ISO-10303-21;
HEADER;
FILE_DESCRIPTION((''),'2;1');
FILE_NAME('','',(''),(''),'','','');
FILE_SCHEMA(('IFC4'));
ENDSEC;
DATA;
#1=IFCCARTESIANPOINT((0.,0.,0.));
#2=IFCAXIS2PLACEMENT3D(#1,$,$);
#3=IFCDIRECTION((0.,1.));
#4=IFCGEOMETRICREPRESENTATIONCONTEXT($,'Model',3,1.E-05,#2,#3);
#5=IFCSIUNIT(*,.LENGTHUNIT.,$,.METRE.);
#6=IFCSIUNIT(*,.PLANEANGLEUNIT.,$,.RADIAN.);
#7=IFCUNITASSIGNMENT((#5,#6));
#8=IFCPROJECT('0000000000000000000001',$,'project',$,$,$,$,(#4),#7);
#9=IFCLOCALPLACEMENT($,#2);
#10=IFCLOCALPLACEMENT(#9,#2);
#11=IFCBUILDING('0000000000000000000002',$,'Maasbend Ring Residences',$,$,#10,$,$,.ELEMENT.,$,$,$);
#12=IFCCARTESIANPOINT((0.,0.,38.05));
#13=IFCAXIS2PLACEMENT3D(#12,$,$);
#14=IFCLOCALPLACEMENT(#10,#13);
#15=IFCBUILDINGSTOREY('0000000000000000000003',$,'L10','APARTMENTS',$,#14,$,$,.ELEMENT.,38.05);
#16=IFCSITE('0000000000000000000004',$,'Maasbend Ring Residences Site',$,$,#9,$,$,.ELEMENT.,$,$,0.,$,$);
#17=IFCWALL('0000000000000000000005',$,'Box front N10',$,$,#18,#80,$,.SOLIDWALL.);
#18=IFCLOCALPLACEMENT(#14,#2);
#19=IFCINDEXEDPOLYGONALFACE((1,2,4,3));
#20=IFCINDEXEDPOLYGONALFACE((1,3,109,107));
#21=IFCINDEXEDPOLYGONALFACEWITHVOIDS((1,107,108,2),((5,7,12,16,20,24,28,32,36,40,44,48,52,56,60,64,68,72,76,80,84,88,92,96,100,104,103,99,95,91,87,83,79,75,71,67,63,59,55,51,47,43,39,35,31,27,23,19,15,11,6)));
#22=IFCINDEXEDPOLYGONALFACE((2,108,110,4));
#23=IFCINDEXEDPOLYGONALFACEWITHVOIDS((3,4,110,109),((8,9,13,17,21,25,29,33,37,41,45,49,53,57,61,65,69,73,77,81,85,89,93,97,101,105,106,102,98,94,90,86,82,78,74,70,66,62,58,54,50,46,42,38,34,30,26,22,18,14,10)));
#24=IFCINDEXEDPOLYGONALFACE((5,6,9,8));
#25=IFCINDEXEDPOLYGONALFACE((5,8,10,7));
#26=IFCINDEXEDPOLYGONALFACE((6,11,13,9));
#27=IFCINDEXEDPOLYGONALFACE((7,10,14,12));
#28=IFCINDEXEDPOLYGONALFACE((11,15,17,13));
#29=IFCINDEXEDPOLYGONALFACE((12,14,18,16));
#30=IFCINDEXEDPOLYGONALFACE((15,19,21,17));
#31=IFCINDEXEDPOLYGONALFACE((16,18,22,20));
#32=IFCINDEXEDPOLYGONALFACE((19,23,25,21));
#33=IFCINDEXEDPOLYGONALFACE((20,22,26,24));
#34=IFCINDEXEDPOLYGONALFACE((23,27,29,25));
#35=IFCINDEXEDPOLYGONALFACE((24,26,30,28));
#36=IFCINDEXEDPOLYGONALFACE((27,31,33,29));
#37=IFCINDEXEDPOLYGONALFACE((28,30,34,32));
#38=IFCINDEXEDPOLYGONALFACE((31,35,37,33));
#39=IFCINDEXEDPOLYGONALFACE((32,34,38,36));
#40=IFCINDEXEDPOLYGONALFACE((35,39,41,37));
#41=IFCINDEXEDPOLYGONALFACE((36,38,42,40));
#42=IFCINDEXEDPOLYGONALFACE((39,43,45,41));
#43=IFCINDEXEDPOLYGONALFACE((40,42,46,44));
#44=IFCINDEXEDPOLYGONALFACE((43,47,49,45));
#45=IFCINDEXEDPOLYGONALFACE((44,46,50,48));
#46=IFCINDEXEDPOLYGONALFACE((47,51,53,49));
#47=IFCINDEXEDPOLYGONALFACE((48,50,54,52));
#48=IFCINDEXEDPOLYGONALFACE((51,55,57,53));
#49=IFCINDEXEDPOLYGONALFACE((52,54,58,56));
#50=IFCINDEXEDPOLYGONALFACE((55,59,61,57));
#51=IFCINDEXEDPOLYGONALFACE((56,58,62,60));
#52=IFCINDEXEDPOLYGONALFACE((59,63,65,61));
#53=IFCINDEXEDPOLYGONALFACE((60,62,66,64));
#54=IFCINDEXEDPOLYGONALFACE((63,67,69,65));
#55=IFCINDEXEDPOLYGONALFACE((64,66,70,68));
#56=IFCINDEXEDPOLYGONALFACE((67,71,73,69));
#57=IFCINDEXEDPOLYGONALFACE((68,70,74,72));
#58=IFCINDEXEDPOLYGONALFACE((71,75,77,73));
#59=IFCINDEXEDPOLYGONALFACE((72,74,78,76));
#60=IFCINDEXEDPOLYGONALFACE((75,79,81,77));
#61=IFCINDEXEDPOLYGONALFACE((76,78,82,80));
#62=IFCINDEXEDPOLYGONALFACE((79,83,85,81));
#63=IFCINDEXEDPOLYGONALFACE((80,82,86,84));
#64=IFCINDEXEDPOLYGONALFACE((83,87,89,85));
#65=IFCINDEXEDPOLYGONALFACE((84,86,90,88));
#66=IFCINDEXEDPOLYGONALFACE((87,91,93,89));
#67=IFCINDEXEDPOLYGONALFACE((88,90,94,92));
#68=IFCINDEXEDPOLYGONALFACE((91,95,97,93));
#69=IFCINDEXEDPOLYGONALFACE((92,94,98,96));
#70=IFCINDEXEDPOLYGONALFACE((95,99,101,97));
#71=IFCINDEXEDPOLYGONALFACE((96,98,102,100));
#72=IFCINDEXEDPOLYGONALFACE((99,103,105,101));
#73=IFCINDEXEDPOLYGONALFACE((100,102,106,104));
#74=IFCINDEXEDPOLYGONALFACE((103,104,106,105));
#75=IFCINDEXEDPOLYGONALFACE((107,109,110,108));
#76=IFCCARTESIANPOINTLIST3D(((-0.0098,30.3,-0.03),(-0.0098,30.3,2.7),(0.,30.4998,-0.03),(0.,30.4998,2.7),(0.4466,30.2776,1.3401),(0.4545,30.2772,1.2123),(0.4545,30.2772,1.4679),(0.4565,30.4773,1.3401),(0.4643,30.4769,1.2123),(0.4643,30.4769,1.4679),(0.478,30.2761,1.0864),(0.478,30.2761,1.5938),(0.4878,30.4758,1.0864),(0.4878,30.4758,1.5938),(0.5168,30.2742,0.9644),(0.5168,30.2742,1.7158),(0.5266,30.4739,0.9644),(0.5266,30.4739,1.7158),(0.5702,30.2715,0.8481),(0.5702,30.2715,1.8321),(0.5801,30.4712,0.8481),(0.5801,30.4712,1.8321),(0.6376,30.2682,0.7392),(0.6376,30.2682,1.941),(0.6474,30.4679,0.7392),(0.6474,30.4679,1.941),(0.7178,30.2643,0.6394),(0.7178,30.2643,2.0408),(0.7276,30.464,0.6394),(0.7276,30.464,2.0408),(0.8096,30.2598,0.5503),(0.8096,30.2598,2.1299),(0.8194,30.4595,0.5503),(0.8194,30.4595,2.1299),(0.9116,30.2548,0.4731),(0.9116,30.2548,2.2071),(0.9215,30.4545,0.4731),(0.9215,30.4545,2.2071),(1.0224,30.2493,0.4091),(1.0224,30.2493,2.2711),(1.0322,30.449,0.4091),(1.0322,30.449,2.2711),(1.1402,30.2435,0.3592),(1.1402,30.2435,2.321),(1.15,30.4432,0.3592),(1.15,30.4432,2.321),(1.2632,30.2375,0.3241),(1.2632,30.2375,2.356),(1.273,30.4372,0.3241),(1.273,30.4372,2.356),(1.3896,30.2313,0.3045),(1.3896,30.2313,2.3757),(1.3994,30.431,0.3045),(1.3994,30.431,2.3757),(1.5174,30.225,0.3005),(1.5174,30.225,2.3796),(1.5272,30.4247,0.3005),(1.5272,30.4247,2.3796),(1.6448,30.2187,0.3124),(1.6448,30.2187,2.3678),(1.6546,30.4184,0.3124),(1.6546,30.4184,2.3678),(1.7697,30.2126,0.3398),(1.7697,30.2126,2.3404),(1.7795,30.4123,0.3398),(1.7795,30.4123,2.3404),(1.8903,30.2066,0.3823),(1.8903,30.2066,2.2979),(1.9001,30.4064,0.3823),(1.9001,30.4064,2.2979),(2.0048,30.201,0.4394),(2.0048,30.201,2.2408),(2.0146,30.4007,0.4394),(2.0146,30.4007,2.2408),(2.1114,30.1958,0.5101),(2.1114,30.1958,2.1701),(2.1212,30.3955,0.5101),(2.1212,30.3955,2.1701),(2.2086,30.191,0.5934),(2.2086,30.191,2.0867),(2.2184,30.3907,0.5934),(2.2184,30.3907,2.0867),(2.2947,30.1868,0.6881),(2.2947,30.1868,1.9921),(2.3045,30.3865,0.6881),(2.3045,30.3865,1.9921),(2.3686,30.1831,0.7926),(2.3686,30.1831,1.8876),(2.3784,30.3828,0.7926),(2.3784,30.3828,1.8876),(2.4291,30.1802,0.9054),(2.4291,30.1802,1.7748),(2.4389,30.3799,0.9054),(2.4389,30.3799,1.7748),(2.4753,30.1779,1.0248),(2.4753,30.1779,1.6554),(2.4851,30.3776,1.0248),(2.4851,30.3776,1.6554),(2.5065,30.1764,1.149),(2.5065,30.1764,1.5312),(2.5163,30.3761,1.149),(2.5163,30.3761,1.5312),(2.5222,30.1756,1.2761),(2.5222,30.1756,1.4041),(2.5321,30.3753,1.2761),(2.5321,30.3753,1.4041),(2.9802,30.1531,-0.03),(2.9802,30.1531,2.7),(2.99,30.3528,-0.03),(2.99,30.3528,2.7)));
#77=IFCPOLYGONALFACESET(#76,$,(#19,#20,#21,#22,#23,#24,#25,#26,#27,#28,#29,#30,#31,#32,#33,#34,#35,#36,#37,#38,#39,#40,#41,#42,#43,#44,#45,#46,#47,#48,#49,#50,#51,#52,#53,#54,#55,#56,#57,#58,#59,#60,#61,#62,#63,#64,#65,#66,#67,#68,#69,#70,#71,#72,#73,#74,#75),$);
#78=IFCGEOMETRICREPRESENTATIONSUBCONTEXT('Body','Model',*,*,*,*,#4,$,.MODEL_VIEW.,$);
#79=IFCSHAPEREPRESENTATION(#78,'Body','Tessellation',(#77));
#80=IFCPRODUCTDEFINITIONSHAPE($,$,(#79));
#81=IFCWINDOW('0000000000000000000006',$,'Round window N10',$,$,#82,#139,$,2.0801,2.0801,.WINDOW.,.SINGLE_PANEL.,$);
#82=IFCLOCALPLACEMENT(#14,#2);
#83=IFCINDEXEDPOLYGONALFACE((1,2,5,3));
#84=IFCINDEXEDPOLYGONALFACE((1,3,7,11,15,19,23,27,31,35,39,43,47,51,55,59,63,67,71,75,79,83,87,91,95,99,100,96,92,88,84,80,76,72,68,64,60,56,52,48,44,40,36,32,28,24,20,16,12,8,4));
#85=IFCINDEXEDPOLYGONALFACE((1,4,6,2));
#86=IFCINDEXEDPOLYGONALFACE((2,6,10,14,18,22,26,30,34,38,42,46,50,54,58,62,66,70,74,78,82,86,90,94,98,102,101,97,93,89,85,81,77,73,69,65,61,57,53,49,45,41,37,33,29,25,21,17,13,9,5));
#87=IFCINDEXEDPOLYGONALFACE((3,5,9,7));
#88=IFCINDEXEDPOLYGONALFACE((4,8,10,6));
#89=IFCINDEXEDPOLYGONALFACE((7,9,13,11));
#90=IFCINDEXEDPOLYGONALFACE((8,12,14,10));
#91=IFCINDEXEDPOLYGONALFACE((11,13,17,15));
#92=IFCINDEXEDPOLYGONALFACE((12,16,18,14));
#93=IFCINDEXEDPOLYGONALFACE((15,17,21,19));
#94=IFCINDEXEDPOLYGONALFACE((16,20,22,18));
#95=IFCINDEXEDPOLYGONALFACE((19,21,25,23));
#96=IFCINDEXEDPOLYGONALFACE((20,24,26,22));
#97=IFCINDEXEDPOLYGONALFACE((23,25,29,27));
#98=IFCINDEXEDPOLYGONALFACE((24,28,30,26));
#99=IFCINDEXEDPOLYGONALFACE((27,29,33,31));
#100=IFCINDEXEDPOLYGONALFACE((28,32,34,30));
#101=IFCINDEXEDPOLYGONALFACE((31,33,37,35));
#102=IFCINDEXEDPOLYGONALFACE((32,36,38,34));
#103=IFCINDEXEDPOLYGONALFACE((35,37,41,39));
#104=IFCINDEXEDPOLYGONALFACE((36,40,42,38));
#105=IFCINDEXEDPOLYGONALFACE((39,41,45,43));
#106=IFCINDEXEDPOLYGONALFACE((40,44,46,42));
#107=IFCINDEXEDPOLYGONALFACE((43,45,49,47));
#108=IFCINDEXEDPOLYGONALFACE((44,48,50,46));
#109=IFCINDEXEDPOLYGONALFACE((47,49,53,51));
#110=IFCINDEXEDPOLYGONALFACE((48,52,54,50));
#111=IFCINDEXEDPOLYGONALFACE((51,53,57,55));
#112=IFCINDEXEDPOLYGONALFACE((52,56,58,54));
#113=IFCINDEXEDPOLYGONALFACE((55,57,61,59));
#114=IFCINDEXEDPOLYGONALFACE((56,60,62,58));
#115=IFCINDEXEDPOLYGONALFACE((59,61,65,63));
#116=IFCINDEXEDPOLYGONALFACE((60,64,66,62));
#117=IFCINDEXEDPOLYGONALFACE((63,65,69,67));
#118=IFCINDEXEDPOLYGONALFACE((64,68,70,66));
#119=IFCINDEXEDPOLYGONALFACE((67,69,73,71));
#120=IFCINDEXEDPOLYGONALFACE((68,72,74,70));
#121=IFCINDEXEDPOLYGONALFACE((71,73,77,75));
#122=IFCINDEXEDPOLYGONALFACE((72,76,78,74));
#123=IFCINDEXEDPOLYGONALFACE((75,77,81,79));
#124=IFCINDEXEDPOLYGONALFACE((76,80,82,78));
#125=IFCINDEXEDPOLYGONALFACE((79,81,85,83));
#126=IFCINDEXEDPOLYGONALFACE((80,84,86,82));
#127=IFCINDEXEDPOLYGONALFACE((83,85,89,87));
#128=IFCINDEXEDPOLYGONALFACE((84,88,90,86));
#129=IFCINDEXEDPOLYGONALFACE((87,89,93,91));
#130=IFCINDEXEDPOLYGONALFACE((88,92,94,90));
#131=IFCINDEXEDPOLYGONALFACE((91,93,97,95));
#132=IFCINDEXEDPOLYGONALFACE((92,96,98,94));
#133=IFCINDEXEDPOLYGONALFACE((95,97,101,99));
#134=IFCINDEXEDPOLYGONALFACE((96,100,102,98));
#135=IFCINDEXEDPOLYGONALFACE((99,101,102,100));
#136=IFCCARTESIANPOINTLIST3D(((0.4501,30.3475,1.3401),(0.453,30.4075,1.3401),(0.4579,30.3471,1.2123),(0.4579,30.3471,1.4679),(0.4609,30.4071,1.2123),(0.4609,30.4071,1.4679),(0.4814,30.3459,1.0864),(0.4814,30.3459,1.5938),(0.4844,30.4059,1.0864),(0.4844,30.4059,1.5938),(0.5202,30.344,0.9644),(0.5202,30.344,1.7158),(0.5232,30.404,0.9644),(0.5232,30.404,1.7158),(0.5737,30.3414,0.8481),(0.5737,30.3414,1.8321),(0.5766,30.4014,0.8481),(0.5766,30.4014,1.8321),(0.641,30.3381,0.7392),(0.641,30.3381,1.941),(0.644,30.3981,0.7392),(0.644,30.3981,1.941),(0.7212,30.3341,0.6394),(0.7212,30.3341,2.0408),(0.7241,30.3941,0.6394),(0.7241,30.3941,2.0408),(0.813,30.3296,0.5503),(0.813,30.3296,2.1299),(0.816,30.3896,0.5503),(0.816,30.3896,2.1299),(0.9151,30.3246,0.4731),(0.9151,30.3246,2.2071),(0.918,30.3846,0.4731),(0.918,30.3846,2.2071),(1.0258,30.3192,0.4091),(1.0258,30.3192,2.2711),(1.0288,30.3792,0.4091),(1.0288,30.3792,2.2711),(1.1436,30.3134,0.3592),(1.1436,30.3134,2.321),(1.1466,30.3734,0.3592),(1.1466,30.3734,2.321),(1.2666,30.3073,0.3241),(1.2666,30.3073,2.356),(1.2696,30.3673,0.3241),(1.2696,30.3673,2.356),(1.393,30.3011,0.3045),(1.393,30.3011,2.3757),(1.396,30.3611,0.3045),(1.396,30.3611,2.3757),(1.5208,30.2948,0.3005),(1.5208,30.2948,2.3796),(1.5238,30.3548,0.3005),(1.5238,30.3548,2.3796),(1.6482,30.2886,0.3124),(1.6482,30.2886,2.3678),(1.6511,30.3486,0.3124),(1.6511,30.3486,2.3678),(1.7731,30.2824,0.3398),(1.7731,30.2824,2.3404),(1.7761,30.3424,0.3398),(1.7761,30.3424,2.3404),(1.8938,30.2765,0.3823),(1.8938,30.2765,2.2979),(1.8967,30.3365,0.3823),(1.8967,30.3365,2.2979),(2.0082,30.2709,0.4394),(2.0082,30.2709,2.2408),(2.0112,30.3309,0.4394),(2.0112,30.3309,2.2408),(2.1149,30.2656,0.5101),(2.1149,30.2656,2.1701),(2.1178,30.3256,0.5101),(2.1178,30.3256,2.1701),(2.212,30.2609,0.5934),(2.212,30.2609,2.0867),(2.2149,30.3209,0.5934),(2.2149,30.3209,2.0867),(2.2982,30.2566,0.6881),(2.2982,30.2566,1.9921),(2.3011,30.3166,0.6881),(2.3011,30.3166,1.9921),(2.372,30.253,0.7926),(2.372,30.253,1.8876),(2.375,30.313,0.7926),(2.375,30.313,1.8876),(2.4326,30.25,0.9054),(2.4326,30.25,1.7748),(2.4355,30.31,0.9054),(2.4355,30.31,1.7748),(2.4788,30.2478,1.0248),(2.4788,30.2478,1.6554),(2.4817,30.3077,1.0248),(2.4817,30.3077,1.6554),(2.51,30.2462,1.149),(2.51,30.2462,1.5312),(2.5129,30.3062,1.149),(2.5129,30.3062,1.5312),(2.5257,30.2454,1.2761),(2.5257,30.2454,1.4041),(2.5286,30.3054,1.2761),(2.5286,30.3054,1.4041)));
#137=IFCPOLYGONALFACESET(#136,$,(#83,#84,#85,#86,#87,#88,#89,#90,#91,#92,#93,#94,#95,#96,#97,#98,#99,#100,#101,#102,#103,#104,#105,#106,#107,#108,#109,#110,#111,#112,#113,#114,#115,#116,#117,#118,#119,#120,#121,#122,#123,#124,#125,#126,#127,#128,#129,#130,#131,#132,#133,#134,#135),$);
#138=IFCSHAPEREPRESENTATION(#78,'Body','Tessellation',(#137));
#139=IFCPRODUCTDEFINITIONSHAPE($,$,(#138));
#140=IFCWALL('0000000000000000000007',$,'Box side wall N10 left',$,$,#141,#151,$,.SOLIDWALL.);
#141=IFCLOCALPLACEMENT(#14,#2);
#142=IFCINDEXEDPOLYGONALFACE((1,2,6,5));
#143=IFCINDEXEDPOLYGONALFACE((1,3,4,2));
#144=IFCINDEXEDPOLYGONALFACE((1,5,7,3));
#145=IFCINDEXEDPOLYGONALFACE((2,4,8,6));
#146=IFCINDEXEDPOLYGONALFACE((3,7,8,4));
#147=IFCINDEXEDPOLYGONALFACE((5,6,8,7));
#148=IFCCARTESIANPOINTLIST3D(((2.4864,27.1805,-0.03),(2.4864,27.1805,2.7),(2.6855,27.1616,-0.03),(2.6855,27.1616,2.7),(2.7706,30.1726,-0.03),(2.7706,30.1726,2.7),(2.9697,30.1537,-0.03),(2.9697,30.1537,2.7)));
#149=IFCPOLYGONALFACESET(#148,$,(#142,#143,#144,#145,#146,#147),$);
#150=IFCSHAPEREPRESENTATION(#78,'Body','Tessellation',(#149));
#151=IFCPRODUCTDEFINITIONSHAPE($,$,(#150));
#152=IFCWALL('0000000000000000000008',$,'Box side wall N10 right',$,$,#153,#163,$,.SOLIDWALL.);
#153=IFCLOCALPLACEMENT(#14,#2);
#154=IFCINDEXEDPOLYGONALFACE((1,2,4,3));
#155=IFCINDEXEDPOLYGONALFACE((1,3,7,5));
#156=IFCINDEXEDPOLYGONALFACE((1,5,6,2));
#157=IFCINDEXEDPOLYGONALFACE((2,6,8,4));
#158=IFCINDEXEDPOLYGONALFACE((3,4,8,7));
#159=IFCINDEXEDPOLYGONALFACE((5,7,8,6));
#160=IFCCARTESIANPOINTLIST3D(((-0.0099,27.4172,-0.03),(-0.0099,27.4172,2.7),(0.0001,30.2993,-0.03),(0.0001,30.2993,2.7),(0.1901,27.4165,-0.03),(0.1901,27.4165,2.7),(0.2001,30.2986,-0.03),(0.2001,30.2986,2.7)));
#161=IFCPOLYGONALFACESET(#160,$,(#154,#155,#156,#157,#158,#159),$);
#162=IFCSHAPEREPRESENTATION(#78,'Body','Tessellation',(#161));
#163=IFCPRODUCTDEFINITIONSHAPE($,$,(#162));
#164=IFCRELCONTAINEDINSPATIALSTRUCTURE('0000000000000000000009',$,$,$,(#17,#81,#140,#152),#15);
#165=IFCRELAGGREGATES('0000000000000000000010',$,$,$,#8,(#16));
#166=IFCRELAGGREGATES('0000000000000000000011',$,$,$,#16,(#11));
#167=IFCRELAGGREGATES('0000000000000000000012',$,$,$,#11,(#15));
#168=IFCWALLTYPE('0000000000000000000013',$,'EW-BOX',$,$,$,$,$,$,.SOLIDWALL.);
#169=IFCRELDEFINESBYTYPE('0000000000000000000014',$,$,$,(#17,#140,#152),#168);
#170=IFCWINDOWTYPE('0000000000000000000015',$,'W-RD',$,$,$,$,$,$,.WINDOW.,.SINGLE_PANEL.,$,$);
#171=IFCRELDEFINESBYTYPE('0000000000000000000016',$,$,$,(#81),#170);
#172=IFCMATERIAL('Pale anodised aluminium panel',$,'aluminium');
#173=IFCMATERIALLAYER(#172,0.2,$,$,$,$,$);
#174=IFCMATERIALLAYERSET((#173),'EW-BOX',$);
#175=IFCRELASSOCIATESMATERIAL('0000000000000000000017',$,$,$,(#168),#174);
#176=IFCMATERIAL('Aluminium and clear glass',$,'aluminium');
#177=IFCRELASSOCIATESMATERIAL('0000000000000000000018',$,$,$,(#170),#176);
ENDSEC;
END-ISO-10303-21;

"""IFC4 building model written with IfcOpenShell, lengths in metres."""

from ifc_helpers import new_model, si_unit, direction, frame, frame_2d, origin, place, context, subcontext, project, spatial, rectangle, circle, extrude, material, layer, layer_set, type_object, element, fill, save


model = new_model("IFC4")

# Units and contexts
model_context = context("Model", 3, precision=1e-05, world=origin(), true_north=direction((0.0, 1.0)))
body_context = subcontext(model_context, "Body", "Model", "MODEL_VIEW")
ifc_project = project(units=[si_unit("LENGTHUNIT", "METRE"), si_unit("PLANEANGLEUNIT", "RADIAN")], contexts=[model_context])

# Site, building, storey
site_placement = place(None, origin())
site = spatial("IfcSite", under=ifc_project, at=site_placement, Name="Maasbend Ring Residences Site", CompositionType="ELEMENT", RefElevation=0.0)
building_placement = place(site_placement, origin())
building = spatial("IfcBuilding", under=site, at=building_placement, Name="Maasbend Ring Residences", CompositionType="ELEMENT")
storey_placement = place(building_placement, frame((0.0, 0.0, 38.05)))
storey = spatial("IfcBuildingStorey", under=building, at=storey_placement, Name="L10", Description="APARTMENTS", CompositionType="ELEMENT", Elevation=38.05)

# Shared definitions
ifc_material_1 = material(Name="Pale anodised aluminium panel", Category="aluminium")
ifc_layer_1 = layer(ifc_material_1, 0.2)
ifc_layer_set_1 = layer_set([ifc_layer_1], Name="EW-BOX")
wall_type_1 = type_object("IfcWallType", Name="EW-BOX", PredefinedType="SOLIDWALL", material=ifc_layer_set_1)

# Shared definitions
ifc_material_2 = material(Name="Aluminium and clear glass", Category="aluminium")
window_type_1 = type_object("IfcWindowType", Name="W-RD", PartitioningType="SINGLE_PANEL", PredefinedType="WINDOW", material=ifc_material_2)

# Wall, opening, window
wall_1_placement = place(storey_placement, frame((2.9851, 30.2529, -0.03), z_axis=(0.0, 0.0, 1.0), x_axis=(-0.998794, 0.049096, 0.0)))
wall_1 = element("IfcWall", 1, at=wall_1_placement, inside=storey, type_object=wall_type_1, Name="Box front N10", PredefinedType="SOLIDWALL", context=body_context, shape_type="SweptSolid", body=[
    extrude(rectangle(XDim=2.9937, YDim=0.2, at=frame_2d((1.4968, 0.0))), origin(), (0.0, 0.0, 1.0), 2.73),
])
opening_1_placement = place(wall_1_placement, frame((0.4565, 0.0, 0.3301)))
opening_1 = element("IfcOpeningElement", 2, at=opening_1_placement, cuts=wall_1, PredefinedType="OPENING", context=body_context, shape_type="SweptSolid", body=[
    extrude(circle(Radius=1.04, at=frame_2d((1.04, 1.04))), frame((0.0, 0.1099, 0.0), z_axis=(0.0, -1.0, 0.0), x_axis=(1.0, 0.0, 0.0)), (0.0, 0.0, 1.0), 0.22),
])
window_1_placement = place(opening_1_placement, origin())
window_1 = element("IfcWindow", 3, at=window_1_placement, inside=storey, type_object=window_type_1, Name="Round window N10", OverallHeight=2.0801, OverallWidth=2.0801, PartitioningType="SINGLE_PANEL", PredefinedType="WINDOW", context=body_context, shape_type="SweptSolid", body=[
    extrude(circle(Radius=1.04, at=frame_2d((1.04, 1.04))), frame((0.0, 0.03, 0.0), z_axis=(0.0, -1.0, 0.0), x_axis=(1.0, 0.0, 0.0)), (0.0, 0.0, 1.0), 0.0601),
])
fill(opening_1, window_1)

# Walls
wall_2_placement = place(storey_placement, frame((2.5859, 27.1709, -0.03), z_axis=(0.0, 0.0, 1.0), x_axis=(0.094548, 0.99552, 0.0)))
element("IfcWall", 4, at=wall_2_placement, inside=storey, type_object=wall_type_1, Name="Box side wall N10 left", PredefinedType="SOLIDWALL", context=body_context, shape_type="SweptSolid", body=[
    extrude(rectangle(XDim=3.0056, YDim=0.2, at=frame_2d((1.5029, 0.0))), origin(), (0.0, 0.0, 1.0), 2.73),
])
wall_3_placement = place(storey_placement, frame((0.0901, 27.417, -0.03), z_axis=(0.0, 0.0, 1.0), x_axis=(0.003473, 0.999994, 0.0)))
element("IfcWall", 5, at=wall_3_placement, inside=storey, type_object=wall_type_1, Name="Box side wall N10 right", PredefinedType="SOLIDWALL", context=body_context, shape_type="SweptSolid", body=[
    extrude(rectangle(XDim=2.8821, YDim=0.2, at=frame_2d((1.4409, 0.0))), origin(), (0.0, 0.0, 1.0), 2.73),
])

save(model, "model.ifc")
